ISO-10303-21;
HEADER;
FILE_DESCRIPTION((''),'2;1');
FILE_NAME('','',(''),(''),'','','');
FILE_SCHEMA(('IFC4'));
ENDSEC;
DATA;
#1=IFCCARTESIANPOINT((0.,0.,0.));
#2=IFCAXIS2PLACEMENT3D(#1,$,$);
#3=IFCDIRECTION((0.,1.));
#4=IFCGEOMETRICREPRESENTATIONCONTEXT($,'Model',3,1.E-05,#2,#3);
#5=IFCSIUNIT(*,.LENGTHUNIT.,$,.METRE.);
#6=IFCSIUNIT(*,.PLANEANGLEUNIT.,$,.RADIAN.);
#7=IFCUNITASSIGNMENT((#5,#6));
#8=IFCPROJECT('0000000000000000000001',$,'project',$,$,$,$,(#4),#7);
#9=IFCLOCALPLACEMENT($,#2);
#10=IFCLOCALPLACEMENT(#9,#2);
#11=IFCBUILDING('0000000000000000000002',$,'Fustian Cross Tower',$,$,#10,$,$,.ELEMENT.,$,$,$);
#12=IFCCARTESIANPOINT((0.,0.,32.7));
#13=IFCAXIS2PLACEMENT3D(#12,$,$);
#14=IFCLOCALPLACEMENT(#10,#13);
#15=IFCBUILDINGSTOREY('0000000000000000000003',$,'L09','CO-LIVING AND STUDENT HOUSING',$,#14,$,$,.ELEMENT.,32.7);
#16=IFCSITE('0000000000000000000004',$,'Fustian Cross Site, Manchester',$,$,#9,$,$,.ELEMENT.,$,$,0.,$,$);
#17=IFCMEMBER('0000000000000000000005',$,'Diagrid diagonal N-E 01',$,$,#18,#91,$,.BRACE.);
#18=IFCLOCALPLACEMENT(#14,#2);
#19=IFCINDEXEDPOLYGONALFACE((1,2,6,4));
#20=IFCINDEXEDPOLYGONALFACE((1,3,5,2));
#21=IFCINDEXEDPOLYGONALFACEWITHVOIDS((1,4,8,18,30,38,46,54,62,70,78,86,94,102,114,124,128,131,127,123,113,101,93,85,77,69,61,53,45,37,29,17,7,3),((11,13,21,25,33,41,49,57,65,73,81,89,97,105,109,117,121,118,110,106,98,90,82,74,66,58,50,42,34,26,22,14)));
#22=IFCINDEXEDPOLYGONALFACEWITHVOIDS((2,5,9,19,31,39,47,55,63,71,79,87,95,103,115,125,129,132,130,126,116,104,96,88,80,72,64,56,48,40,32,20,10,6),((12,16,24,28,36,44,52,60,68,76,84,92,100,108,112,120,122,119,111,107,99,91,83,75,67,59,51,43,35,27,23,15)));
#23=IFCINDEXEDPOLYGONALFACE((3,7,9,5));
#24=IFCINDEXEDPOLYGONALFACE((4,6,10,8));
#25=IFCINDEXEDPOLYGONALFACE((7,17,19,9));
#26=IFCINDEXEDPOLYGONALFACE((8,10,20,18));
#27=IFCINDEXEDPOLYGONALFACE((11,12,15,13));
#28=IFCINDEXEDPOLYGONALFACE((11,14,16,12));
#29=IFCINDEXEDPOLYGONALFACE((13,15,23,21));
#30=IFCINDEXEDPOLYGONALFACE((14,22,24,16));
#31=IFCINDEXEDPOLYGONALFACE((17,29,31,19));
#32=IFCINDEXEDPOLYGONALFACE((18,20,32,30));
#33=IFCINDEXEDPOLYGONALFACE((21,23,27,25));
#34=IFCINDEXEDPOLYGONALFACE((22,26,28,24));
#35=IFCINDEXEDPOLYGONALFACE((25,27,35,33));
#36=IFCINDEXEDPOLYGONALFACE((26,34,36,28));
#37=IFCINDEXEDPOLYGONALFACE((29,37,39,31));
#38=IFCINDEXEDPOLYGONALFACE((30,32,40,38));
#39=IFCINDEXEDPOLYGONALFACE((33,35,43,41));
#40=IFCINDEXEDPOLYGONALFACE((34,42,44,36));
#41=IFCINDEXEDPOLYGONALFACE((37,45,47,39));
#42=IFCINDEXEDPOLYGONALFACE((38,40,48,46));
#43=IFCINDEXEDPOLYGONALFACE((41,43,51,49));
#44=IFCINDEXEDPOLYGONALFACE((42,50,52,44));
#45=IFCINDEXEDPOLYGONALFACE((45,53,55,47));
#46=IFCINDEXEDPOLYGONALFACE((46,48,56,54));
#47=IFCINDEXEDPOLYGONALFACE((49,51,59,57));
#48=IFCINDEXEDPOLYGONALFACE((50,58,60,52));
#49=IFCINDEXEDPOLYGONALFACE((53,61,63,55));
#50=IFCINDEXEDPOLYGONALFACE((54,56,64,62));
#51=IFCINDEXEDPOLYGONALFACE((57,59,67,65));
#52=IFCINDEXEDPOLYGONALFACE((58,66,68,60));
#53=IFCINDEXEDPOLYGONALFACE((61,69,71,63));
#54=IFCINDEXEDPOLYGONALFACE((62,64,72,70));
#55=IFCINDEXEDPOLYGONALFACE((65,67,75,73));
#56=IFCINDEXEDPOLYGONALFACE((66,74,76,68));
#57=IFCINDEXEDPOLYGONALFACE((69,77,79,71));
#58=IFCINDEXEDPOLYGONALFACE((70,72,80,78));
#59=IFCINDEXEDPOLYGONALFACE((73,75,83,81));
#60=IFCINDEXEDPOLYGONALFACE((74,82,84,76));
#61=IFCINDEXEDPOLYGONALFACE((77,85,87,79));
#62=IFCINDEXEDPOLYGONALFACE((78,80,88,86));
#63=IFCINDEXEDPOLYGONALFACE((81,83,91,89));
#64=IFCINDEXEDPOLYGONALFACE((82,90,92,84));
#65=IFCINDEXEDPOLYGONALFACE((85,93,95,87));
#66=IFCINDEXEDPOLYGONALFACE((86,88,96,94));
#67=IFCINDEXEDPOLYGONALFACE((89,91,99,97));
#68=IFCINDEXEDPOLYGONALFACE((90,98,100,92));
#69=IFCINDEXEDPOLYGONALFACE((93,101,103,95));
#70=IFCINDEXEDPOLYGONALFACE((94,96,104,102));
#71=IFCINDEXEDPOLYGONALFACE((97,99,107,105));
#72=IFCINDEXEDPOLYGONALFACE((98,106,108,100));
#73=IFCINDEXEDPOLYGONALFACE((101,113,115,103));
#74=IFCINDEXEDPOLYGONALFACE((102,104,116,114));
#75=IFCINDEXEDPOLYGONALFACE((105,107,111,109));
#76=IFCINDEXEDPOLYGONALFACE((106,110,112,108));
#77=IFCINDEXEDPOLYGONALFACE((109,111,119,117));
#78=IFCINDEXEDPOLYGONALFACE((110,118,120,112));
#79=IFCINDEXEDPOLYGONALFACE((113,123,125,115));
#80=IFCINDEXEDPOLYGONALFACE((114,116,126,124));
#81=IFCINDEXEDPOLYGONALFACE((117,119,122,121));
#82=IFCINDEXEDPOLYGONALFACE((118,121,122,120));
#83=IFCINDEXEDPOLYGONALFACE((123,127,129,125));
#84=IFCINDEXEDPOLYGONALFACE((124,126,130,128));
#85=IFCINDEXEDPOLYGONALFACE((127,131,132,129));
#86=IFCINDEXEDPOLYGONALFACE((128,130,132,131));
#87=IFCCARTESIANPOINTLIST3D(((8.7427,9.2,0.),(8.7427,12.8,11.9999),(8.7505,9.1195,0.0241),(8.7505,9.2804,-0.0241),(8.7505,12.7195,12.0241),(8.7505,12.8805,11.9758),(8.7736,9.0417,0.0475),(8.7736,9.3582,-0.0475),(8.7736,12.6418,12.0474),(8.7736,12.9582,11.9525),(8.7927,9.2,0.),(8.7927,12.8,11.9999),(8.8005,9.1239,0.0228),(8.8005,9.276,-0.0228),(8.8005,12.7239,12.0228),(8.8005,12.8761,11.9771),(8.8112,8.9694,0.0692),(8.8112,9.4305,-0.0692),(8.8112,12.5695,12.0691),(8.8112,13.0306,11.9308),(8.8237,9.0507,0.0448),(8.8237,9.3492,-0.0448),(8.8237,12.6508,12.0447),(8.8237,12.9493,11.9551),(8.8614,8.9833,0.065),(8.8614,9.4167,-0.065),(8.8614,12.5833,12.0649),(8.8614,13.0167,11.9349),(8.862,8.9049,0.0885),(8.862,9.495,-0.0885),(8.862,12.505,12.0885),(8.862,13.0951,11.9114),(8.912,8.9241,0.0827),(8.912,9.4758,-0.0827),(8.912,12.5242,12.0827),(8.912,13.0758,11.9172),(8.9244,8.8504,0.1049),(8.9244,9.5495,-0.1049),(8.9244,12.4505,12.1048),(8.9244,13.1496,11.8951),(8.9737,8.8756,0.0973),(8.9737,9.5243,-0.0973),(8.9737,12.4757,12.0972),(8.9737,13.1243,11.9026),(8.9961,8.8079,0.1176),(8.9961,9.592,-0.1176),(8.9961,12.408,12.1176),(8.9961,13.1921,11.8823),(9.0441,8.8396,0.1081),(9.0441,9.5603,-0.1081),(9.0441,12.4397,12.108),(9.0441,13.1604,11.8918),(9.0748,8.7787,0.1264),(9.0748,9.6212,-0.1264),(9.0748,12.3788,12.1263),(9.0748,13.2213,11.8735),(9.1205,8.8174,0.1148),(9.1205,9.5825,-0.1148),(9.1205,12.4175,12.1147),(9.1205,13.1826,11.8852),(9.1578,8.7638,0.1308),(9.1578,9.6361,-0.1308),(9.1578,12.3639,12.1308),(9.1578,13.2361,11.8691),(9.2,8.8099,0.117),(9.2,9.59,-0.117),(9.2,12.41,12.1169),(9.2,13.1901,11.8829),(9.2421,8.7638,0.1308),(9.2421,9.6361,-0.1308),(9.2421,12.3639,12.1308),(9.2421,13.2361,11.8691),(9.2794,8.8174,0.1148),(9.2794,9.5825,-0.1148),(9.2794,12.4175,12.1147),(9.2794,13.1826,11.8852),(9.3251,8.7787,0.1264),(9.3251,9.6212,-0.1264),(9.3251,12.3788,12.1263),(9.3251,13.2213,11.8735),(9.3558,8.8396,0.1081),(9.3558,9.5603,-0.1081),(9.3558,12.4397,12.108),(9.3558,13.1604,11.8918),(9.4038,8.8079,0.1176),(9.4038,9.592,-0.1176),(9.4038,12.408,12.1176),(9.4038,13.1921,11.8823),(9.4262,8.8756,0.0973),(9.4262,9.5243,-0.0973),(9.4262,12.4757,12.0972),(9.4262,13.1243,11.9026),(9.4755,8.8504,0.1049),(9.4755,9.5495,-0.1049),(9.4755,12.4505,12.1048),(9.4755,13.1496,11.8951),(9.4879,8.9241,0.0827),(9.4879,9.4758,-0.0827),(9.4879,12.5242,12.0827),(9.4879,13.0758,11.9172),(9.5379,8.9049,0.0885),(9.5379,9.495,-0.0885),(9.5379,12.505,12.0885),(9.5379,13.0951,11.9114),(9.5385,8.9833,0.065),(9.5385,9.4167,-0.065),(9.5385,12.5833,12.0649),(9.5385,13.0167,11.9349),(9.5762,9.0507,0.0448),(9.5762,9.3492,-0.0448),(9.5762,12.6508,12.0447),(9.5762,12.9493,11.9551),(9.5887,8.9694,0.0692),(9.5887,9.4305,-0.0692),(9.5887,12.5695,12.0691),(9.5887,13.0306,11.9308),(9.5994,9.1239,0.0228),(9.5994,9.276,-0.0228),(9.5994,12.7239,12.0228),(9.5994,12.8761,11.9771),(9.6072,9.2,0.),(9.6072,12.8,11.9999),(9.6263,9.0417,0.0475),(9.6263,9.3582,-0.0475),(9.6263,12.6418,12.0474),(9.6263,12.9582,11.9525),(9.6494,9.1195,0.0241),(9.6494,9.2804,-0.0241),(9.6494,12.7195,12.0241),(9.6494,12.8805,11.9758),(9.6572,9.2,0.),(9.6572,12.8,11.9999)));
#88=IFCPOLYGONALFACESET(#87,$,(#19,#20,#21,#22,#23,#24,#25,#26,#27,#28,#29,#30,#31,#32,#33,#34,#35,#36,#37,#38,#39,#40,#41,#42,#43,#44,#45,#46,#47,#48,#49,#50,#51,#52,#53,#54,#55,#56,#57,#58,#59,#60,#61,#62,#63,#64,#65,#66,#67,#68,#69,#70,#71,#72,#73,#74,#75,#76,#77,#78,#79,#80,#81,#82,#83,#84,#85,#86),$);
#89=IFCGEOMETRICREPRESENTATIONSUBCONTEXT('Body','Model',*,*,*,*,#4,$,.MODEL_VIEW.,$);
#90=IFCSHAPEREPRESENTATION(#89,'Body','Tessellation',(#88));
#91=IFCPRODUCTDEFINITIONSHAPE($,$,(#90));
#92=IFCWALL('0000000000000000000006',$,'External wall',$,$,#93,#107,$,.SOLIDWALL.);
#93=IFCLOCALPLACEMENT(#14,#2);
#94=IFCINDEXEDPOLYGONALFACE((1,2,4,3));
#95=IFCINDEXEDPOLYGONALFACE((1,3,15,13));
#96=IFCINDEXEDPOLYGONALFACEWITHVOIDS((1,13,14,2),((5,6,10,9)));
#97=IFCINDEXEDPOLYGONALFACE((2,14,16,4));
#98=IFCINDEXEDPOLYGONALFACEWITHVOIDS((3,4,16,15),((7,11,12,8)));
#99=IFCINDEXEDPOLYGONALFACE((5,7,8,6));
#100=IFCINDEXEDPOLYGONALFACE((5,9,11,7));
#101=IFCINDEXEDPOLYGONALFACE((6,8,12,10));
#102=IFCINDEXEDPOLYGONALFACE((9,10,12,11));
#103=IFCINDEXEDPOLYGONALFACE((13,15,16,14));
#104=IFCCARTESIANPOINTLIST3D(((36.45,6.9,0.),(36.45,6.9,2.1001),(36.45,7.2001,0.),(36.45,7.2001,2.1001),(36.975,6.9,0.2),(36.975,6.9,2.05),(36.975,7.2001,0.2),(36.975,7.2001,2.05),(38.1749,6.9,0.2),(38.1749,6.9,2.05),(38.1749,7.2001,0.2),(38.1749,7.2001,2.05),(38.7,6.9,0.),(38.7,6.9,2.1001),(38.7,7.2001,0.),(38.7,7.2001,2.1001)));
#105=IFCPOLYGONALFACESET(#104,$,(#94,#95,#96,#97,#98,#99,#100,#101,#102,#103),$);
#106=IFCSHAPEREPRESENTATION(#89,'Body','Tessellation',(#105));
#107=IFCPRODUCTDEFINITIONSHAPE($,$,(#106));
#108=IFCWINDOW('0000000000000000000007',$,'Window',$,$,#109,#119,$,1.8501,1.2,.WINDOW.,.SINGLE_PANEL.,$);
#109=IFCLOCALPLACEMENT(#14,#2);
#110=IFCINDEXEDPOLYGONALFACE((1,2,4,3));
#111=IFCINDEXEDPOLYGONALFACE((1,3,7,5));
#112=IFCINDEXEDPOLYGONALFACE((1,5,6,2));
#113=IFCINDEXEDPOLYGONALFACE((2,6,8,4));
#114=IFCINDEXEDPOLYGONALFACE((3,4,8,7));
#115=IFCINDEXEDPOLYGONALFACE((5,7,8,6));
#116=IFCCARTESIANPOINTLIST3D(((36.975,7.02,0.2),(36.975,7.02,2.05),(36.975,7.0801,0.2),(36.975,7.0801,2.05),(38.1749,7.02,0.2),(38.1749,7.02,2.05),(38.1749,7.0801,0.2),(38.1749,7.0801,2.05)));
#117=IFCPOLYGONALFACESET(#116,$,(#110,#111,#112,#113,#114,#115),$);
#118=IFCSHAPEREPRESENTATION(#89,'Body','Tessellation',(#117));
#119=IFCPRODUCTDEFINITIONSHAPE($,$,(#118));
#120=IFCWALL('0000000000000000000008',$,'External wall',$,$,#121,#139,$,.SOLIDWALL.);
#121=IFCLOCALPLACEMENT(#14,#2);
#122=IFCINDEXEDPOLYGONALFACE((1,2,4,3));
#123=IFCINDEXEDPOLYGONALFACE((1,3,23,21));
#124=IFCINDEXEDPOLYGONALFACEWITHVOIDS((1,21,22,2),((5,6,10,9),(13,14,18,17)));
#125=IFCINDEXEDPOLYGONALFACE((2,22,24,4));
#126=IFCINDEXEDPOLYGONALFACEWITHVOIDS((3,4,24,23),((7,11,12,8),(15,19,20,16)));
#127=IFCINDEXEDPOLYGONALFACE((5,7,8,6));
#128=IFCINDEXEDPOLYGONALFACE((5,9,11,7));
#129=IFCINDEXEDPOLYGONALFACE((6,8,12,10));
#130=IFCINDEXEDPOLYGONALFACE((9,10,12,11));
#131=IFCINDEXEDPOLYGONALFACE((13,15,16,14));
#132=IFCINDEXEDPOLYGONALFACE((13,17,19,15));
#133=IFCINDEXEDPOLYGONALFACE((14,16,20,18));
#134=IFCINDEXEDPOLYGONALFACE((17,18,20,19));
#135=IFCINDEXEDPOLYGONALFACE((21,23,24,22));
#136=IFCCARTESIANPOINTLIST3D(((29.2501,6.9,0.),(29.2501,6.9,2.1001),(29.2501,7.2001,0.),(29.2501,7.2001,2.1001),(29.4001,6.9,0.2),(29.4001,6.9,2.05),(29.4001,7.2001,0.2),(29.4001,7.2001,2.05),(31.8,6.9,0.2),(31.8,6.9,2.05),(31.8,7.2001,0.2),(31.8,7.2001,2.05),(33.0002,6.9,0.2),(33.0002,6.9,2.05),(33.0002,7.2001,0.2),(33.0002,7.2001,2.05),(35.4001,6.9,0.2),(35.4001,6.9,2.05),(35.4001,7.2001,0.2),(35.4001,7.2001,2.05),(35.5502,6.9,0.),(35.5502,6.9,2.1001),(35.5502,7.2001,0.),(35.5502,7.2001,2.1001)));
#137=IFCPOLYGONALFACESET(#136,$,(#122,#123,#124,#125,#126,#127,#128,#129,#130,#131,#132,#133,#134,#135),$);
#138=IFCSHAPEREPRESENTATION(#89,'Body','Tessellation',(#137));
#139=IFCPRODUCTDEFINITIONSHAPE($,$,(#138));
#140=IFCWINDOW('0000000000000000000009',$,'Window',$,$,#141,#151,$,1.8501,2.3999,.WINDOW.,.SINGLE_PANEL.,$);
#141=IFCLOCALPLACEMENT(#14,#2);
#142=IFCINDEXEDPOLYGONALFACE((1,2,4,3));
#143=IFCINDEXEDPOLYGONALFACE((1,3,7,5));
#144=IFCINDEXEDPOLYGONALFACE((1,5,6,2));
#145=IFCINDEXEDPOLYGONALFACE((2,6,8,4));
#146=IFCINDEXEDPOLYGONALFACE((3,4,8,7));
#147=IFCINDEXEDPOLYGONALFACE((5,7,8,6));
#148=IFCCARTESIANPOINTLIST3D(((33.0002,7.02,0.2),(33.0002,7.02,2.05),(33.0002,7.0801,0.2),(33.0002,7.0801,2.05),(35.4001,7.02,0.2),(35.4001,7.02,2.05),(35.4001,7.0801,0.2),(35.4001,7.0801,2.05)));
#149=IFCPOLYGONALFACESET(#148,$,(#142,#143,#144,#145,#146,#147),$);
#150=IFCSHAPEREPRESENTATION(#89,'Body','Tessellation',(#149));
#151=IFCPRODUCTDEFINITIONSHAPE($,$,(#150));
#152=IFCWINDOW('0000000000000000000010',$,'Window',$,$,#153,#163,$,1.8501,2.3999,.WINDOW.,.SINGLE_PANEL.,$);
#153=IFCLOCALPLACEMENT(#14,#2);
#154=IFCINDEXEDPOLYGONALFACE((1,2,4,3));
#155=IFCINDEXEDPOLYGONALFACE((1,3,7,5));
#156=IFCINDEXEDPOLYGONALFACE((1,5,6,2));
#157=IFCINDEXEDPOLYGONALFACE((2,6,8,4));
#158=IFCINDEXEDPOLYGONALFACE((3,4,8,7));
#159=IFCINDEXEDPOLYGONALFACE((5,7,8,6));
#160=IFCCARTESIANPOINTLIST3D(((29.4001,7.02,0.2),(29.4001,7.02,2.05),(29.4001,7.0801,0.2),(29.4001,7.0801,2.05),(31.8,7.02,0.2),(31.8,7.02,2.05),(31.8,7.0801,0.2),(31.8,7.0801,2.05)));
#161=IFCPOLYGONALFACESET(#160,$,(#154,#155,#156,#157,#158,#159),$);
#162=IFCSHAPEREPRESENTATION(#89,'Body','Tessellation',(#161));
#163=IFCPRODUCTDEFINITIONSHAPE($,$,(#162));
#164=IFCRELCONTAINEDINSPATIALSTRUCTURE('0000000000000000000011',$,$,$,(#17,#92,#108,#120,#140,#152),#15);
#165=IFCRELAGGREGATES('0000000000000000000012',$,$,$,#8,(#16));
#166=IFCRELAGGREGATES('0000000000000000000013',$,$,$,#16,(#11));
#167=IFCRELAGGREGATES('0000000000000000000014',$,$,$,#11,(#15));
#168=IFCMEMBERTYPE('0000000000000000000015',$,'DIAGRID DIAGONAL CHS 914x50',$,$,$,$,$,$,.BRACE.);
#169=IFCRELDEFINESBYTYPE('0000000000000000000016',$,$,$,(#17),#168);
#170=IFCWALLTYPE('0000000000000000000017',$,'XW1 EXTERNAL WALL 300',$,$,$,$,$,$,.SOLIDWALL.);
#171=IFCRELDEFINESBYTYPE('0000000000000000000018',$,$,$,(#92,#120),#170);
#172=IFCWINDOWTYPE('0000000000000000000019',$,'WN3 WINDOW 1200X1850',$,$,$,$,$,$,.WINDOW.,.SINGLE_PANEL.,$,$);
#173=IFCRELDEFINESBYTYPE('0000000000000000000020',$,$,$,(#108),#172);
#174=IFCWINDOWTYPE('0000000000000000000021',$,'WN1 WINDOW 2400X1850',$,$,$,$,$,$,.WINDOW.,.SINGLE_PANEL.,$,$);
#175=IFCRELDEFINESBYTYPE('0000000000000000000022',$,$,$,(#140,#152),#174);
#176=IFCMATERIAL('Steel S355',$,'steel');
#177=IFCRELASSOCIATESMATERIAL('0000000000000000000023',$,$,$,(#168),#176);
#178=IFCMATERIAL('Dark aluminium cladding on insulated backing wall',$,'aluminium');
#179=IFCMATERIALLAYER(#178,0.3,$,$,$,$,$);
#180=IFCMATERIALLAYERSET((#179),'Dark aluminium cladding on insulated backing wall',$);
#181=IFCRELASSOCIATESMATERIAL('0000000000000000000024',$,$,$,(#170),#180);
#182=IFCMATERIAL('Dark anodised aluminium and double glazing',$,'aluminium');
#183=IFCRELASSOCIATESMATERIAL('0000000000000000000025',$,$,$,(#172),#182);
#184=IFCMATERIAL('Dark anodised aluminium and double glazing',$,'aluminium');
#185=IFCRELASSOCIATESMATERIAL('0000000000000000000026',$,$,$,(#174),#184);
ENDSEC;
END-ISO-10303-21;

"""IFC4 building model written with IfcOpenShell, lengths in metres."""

from ifc_helpers import new_model, si_unit, direction, frame, frame_2d, origin, origin_2d, place, context, subcontext, project, spatial, rectangle, hollow_circle, extrude, material, layer, layer_set, material_profile, profile_set, type_object, element, fill, save


model = new_model("IFC4")

# Units and contexts
model_context = context("Model", 3, precision=1e-05, world=origin(), true_north=direction((0.0, 1.0)))
body_context = subcontext(model_context, "Body", "Model", "MODEL_VIEW")
ifc_project = project(units=[si_unit("LENGTHUNIT", "METRE"), si_unit("PLANEANGLEUNIT", "RADIAN")], contexts=[model_context])

# Site, building, storey
site_placement = place(None, origin())
site = spatial("IfcSite", under=ifc_project, at=site_placement, Name="Fustian Cross Site, Manchester", CompositionType="ELEMENT", RefElevation=0.0)
building_placement = place(site_placement, origin())
building = spatial("IfcBuilding", under=site, at=building_placement, Name="Fustian Cross Tower", CompositionType="ELEMENT")
storey_placement = place(building_placement, frame((0.0, 0.0, 32.7)))
storey = spatial("IfcBuildingStorey", under=building, at=storey_placement, Name="L09", Description="CO-LIVING AND STUDENT HOUSING", CompositionType="ELEMENT", Elevation=32.7)

# Member
ifc_material_1 = material(Name="Steel S355", Category="steel")
ifc_material_profile_1 = material_profile(ifc_material_1, hollow_circle(Radius=0.4573, WallThickness=0.05, at=origin_2d()), Name="CHS 914x50")
ifc_profile_set_1 = profile_set([ifc_material_profile_1], Name="Steel S355")
member_type_1 = type_object("IfcMemberType", Name="DIAGRID DIAGONAL CHS 914x50", PredefinedType="BRACE", material=ifc_profile_set_1)
member_placement = place(storey_placement, frame((9.2, 9.2, 0.0), z_axis=(0.0, 0.287355, 0.957824), x_axis=(-1.0, 0.0, 0.0)))
element("IfcMember", 1, at=member_placement, inside=storey, type_object=member_type_1, Name="Diagrid diagonal N-E 01", PredefinedType="BRACE", context=body_context, shape_type="SweptSolid", body=[
    extrude(hollow_circle(Radius=0.4573, WallThickness=0.05, at=origin_2d()), origin(), (0.0, 0.0, 1.0), 12.5283),
])

# Wall, opening, window
ifc_material_2 = material(Name="Dark aluminium cladding on insulated backing wall", Category="aluminium")
ifc_layer = layer(ifc_material_2, 0.3)
ifc_layer_set = layer_set([ifc_layer], Name="Dark aluminium cladding on insulated backing wall")
wall_type = type_object("IfcWallType", Name="XW1 EXTERNAL WALL 300", PredefinedType="SOLIDWALL", material=ifc_layer_set)
wall_1_placement = place(storey_placement, frame((38.7, 7.05, 0.0), z_axis=(0.0, 0.0, 1.0), x_axis=(-1.0, 0.0, 0.0)))
wall_1 = element("IfcWall", 2, at=wall_1_placement, inside=storey, type_object=wall_type, Name="External wall", PredefinedType="SOLIDWALL", context=body_context, shape_type="SweptSolid", body=[
    extrude(rectangle(XDim=2.25, YDim=0.3, at=frame_2d((1.125, 0.0))), origin(), (0.0, 0.0, 1.0), 2.1001),
])
opening_1_placement = place(wall_1_placement, frame((0.5249, 0.0, 0.2)))
opening_1 = element("IfcOpeningElement", 3, at=opening_1_placement, cuts=wall_1, PredefinedType="OPENING", context=body_context, shape_type="SweptSolid", body=[
    extrude(rectangle(XDim=1.2, YDim=1.8501, at=frame_2d((0.6001, 0.925))), frame((0.0, 0.1599, 0.0), z_axis=(0.0, -1.0, 0.0), x_axis=(1.0, 0.0, 0.0)), (0.0, 0.0, 1.0), 0.3201),
])
ifc_material_3 = material(Name="Dark anodised aluminium and double glazing", Category="aluminium")
window_type_1 = type_object("IfcWindowType", Name="WN3 WINDOW 1200X1850", PartitioningType="SINGLE_PANEL", PredefinedType="WINDOW", material=ifc_material_3)
window_1_placement = place(opening_1_placement, origin())
window_1 = element("IfcWindow", 4, at=window_1_placement, inside=storey, type_object=window_type_1, Name="Window", OverallHeight=1.8501, OverallWidth=1.2, PartitioningType="SINGLE_PANEL", PredefinedType="WINDOW", context=body_context, shape_type="SweptSolid", body=[
    extrude(rectangle(XDim=1.2, YDim=1.8501, at=frame_2d((0.6001, 0.925))), frame((0.0, 0.03, 0.0), z_axis=(0.0, -1.0, 0.0), x_axis=(1.0, 0.0, 0.0)), (0.0, 0.0, 1.0), 0.0601),
])
fill(opening_1, window_1)

# Wall, openings, windows
wall_2_placement = place(storey_placement, frame((35.55, 7.05, 0.0), z_axis=(0.0, 0.0, 1.0), x_axis=(-1.0, 0.0, 0.0)))
wall_2 = element("IfcWall", 5, at=wall_2_placement, inside=storey, type_object=wall_type, Name="External wall", PredefinedType="SOLIDWALL", context=body_context, shape_type="SweptSolid", body=[
    extrude(rectangle(XDim=6.3, YDim=0.3, at=frame_2d((3.1499, 0.0))), origin(), (0.0, 0.0, 1.0), 2.1001),
])
opening_2_placement = place(wall_2_placement, frame((0.1499, 0.0, 0.2)))
opening_2 = element("IfcOpeningElement", 6, at=opening_2_placement, cuts=wall_2, PredefinedType="OPENING", context=body_context, shape_type="SweptSolid", body=[
    extrude(rectangle(XDim=2.3999, YDim=1.8501, at=frame_2d((1.2, 0.925))), frame((0.0, 0.1599, 0.0), z_axis=(0.0, -1.0, 0.0), x_axis=(1.0, 0.0, 0.0)), (0.0, 0.0, 1.0), 0.3201),
])
opening_3_placement = place(wall_2_placement, frame((3.75, 0.0, 0.2)))
opening_3 = element("IfcOpeningElement", 7, at=opening_3_placement, cuts=wall_2, PredefinedType="OPENING", context=body_context, shape_type="SweptSolid", body=[
    extrude(rectangle(XDim=2.3999, YDim=1.8501, at=frame_2d((1.2, 0.925))), frame((0.0, 0.1599, 0.0), z_axis=(0.0, -1.0, 0.0), x_axis=(1.0, 0.0, 0.0)), (0.0, 0.0, 1.0), 0.3201),
])
ifc_material_4 = material(Name="Dark anodised aluminium and double glazing", Category="aluminium")
window_type_2 = type_object("IfcWindowType", Name="WN1 WINDOW 2400X1850", PartitioningType="SINGLE_PANEL", PredefinedType="WINDOW", material=ifc_material_4)
window_2_placement = place(opening_2_placement, origin())
window_2 = element("IfcWindow", 8, at=window_2_placement, inside=storey, type_object=window_type_2, Name="Window", OverallHeight=1.8501, OverallWidth=2.3999, PartitioningType="SINGLE_PANEL", PredefinedType="WINDOW", context=body_context, shape_type="SweptSolid", body=[
    extrude(rectangle(XDim=2.3999, YDim=1.8501, at=frame_2d((1.2, 0.925))), frame((0.0, 0.03, 0.0), z_axis=(0.0, -1.0, 0.0), x_axis=(1.0, 0.0, 0.0)), (0.0, 0.0, 1.0), 0.0601),
])
fill(opening_2, window_2)
window_3_placement = place(opening_3_placement, origin())
window_3 = element("IfcWindow", 9, at=window_3_placement, inside=storey, type_object=window_type_2, Name="Window", OverallHeight=1.8501, OverallWidth=2.3999, PartitioningType="SINGLE_PANEL", PredefinedType="WINDOW", context=body_context, shape_type="SweptSolid", body=[
    extrude(rectangle(XDim=2.3999, YDim=1.8501, at=frame_2d((1.2, 0.925))), frame((0.0, 0.03, 0.0), z_axis=(0.0, -1.0, 0.0), x_axis=(1.0, 0.0, 0.0)), (0.0, 0.0, 1.0), 0.0601),
])
fill(opening_3, window_3)

save(model, "model.ifc")
